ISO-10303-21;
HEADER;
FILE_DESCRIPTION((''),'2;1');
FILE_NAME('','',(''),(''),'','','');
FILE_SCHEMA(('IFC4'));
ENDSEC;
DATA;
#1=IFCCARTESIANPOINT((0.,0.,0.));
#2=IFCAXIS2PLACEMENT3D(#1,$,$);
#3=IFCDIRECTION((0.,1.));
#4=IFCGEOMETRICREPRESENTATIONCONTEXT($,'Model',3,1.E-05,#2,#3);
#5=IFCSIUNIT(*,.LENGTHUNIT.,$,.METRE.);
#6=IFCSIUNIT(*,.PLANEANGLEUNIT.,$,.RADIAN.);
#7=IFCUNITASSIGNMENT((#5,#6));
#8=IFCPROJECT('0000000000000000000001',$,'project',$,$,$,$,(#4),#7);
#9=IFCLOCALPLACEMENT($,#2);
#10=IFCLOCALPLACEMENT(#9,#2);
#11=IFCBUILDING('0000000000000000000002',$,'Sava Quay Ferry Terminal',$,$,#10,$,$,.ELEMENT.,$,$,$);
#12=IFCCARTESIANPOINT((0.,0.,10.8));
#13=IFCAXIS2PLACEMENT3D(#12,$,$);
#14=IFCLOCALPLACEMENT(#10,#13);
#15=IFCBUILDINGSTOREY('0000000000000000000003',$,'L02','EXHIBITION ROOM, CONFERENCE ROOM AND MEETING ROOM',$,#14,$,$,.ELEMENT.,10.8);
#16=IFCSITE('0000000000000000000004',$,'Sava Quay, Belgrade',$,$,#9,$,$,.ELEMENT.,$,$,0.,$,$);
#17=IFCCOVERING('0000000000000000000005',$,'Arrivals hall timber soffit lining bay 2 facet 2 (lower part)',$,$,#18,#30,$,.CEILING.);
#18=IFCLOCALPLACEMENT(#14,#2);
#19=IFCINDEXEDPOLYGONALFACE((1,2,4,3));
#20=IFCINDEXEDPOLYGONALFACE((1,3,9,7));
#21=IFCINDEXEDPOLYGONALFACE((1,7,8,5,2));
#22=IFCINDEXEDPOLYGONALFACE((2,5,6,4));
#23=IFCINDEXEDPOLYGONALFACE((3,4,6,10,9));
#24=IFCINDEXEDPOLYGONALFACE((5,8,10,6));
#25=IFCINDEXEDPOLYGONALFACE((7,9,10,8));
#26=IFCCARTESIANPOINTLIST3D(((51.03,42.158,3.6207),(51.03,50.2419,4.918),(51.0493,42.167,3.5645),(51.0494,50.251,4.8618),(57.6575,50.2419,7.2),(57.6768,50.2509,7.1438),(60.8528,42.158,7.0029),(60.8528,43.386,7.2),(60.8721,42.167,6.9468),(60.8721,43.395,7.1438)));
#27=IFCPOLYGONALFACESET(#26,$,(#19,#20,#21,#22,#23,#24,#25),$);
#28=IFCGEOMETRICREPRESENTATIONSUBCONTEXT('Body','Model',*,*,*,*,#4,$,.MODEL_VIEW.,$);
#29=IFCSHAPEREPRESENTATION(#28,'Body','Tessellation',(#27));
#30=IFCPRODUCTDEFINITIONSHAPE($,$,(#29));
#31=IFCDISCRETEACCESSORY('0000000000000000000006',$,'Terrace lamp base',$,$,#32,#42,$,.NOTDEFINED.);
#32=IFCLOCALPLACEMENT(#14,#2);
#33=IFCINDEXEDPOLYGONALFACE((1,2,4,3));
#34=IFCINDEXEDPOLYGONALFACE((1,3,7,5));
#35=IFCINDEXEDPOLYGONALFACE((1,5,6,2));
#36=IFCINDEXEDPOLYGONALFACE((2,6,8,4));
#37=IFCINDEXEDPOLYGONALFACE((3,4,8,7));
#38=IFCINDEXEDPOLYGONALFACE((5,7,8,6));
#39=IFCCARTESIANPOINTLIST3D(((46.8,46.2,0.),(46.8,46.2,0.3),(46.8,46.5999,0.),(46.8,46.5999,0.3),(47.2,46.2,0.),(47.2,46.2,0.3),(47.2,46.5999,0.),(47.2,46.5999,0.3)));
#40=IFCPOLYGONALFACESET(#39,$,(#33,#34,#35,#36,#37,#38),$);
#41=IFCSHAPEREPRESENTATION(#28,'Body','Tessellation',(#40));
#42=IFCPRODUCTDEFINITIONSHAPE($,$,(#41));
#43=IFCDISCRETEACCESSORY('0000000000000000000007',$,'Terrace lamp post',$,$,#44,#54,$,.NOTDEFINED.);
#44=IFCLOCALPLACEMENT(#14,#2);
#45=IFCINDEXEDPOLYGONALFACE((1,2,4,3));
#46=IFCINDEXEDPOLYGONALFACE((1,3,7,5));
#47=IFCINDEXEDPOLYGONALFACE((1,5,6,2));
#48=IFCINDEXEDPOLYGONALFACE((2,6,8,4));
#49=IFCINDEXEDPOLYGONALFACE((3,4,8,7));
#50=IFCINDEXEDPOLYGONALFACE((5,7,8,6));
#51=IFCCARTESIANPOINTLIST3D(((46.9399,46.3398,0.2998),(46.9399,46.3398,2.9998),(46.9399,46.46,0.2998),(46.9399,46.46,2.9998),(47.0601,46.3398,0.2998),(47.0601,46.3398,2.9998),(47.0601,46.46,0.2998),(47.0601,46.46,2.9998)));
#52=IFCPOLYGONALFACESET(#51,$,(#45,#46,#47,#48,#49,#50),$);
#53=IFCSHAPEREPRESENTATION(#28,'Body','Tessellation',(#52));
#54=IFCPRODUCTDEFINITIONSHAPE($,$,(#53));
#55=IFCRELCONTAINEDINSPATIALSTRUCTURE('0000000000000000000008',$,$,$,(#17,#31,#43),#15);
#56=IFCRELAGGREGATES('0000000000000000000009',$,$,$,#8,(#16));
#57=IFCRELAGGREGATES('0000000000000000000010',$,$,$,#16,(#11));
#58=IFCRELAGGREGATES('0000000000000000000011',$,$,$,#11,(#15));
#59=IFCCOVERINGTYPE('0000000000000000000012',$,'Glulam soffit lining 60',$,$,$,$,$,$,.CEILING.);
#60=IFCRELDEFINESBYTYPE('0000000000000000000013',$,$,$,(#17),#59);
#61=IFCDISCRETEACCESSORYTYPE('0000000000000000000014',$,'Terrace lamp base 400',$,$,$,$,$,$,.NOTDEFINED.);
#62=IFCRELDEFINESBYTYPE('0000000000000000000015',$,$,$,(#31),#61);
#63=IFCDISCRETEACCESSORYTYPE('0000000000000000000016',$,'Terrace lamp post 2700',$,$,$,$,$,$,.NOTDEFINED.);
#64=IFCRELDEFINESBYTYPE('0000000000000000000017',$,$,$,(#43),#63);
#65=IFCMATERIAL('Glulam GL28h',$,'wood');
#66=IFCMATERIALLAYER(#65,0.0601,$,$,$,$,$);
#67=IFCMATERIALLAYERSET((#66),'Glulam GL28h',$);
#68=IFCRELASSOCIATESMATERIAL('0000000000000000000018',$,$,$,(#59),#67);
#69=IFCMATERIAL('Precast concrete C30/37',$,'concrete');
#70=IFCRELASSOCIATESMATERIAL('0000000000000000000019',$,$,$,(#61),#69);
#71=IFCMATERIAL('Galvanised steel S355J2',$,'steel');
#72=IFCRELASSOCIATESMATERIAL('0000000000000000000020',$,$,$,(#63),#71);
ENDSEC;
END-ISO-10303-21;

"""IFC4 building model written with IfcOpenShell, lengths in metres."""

from ifc_helpers import new_model, si_unit, direction, frame, origin, origin_2d, place, context, subcontext, project, spatial, polyline, rectangle, outline, extrude, material, layer, layer_set, type_object, element, save


model = new_model("IFC4")

# Units and contexts
model_context = context("Model", 3, precision=1e-05, world=origin(), true_north=direction((0.0, 1.0)))
body_context = subcontext(model_context, "Body", "Model", "MODEL_VIEW")
ifc_project = project(units=[si_unit("LENGTHUNIT", "METRE"), si_unit("PLANEANGLEUNIT", "RADIAN")], contexts=[model_context])

# Site, building, storey
site_placement = place(None, origin())
site = spatial("IfcSite", under=ifc_project, at=site_placement, Name="Sava Quay, Belgrade", CompositionType="ELEMENT", RefElevation=0.0)
building_placement = place(site_placement, origin())
building = spatial("IfcBuilding", under=site, at=building_placement, Name="Sava Quay Ferry Terminal", CompositionType="ELEMENT")
storey_placement = place(building_placement, frame((0.0, 0.0, 10.8)))
storey = spatial("IfcBuildingStorey", under=building, at=storey_placement, Name="L02", Description="EXHIBITION ROOM, CONFERENCE ROOM AND MEETING ROOM", CompositionType="ELEMENT", Elevation=10.8)

# Covering
ifc_material_1 = material(Name="Glulam GL28h", Category="wood")
ifc_layer_1 = layer(ifc_material_1, 0.0601)
ifc_layer_set_1 = layer_set([ifc_layer_1], Name="Glulam GL28h")
covering_type = type_object("IfcCoveringType", Name="Glulam soffit lining 60", PredefinedType="CEILING", material=ifc_layer_set_1)
covering_placement = place(storey_placement, frame((51.03, 50.2419, 4.918), z_axis=(-0.321884, -0.150018, 0.934818), x_axis=(0.945518, -0.000001, 0.325568)))
element("IfcCovering", 1, at=covering_placement, inside=storey, type_object=covering_type, Name="Arrivals hall timber soffit lining bay 2 facet 2 (lower part)", PredefinedType="CEILING", context=body_context, shape_type="SweptSolid", body=[
    extrude(outline(polyline([(0.0, 0.0), (7.0093, 0.0), (10.0305, -6.9344), (9.9664, -8.1765), (-0.4224, -8.1765), (0.0, 0.0)])), origin(), (0.0, 0.0, -1.0), 0.0601),
])

# Discrete accessories
ifc_material_2 = material(Name="Precast concrete C30/37", Category="concrete")
discrete_accessory_type_1 = type_object("IfcDiscreteAccessoryType", Name="Terrace lamp base 400", PredefinedType="NOTDEFINED", material=ifc_material_2)
discrete_accessory_1_placement = place(storey_placement, frame((47.0, 46.3999, 0.0), z_axis=(0.0, 0.0, 1.0), x_axis=(1.0, 0.0, 0.0)))
element("IfcDiscreteAccessory", 2, at=discrete_accessory_1_placement, inside=storey, type_object=discrete_accessory_type_1, Name="Terrace lamp base", PredefinedType="NOTDEFINED", context=body_context, shape_type="SweptSolid", body=[
    extrude(rectangle(XDim=0.3999, YDim=0.3999, at=origin_2d()), origin(), (0.0, 0.0, 1.0), 0.3),
])
ifc_material_3 = material(Name="Galvanised steel S355J2", Category="steel")
discrete_accessory_type_2 = type_object("IfcDiscreteAccessoryType", Name="Terrace lamp post 2700", PredefinedType="NOTDEFINED", material=ifc_material_3)
discrete_accessory_2_placement = place(storey_placement, frame((47.0, 46.3999, 0.2998), z_axis=(0.0, 0.0, 1.0), x_axis=(1.0, 0.0, 0.0)))
element("IfcDiscreteAccessory", 3, at=discrete_accessory_2_placement, inside=storey, type_object=discrete_accessory_type_2, Name="Terrace lamp post", PredefinedType="NOTDEFINED", context=body_context, shape_type="SweptSolid", body=[
    extrude(rectangle(XDim=0.1201, YDim=0.1201, at=origin_2d()), origin(), (0.0, 0.0, 1.0), 2.7),
])

save(model, "model.ifc")
